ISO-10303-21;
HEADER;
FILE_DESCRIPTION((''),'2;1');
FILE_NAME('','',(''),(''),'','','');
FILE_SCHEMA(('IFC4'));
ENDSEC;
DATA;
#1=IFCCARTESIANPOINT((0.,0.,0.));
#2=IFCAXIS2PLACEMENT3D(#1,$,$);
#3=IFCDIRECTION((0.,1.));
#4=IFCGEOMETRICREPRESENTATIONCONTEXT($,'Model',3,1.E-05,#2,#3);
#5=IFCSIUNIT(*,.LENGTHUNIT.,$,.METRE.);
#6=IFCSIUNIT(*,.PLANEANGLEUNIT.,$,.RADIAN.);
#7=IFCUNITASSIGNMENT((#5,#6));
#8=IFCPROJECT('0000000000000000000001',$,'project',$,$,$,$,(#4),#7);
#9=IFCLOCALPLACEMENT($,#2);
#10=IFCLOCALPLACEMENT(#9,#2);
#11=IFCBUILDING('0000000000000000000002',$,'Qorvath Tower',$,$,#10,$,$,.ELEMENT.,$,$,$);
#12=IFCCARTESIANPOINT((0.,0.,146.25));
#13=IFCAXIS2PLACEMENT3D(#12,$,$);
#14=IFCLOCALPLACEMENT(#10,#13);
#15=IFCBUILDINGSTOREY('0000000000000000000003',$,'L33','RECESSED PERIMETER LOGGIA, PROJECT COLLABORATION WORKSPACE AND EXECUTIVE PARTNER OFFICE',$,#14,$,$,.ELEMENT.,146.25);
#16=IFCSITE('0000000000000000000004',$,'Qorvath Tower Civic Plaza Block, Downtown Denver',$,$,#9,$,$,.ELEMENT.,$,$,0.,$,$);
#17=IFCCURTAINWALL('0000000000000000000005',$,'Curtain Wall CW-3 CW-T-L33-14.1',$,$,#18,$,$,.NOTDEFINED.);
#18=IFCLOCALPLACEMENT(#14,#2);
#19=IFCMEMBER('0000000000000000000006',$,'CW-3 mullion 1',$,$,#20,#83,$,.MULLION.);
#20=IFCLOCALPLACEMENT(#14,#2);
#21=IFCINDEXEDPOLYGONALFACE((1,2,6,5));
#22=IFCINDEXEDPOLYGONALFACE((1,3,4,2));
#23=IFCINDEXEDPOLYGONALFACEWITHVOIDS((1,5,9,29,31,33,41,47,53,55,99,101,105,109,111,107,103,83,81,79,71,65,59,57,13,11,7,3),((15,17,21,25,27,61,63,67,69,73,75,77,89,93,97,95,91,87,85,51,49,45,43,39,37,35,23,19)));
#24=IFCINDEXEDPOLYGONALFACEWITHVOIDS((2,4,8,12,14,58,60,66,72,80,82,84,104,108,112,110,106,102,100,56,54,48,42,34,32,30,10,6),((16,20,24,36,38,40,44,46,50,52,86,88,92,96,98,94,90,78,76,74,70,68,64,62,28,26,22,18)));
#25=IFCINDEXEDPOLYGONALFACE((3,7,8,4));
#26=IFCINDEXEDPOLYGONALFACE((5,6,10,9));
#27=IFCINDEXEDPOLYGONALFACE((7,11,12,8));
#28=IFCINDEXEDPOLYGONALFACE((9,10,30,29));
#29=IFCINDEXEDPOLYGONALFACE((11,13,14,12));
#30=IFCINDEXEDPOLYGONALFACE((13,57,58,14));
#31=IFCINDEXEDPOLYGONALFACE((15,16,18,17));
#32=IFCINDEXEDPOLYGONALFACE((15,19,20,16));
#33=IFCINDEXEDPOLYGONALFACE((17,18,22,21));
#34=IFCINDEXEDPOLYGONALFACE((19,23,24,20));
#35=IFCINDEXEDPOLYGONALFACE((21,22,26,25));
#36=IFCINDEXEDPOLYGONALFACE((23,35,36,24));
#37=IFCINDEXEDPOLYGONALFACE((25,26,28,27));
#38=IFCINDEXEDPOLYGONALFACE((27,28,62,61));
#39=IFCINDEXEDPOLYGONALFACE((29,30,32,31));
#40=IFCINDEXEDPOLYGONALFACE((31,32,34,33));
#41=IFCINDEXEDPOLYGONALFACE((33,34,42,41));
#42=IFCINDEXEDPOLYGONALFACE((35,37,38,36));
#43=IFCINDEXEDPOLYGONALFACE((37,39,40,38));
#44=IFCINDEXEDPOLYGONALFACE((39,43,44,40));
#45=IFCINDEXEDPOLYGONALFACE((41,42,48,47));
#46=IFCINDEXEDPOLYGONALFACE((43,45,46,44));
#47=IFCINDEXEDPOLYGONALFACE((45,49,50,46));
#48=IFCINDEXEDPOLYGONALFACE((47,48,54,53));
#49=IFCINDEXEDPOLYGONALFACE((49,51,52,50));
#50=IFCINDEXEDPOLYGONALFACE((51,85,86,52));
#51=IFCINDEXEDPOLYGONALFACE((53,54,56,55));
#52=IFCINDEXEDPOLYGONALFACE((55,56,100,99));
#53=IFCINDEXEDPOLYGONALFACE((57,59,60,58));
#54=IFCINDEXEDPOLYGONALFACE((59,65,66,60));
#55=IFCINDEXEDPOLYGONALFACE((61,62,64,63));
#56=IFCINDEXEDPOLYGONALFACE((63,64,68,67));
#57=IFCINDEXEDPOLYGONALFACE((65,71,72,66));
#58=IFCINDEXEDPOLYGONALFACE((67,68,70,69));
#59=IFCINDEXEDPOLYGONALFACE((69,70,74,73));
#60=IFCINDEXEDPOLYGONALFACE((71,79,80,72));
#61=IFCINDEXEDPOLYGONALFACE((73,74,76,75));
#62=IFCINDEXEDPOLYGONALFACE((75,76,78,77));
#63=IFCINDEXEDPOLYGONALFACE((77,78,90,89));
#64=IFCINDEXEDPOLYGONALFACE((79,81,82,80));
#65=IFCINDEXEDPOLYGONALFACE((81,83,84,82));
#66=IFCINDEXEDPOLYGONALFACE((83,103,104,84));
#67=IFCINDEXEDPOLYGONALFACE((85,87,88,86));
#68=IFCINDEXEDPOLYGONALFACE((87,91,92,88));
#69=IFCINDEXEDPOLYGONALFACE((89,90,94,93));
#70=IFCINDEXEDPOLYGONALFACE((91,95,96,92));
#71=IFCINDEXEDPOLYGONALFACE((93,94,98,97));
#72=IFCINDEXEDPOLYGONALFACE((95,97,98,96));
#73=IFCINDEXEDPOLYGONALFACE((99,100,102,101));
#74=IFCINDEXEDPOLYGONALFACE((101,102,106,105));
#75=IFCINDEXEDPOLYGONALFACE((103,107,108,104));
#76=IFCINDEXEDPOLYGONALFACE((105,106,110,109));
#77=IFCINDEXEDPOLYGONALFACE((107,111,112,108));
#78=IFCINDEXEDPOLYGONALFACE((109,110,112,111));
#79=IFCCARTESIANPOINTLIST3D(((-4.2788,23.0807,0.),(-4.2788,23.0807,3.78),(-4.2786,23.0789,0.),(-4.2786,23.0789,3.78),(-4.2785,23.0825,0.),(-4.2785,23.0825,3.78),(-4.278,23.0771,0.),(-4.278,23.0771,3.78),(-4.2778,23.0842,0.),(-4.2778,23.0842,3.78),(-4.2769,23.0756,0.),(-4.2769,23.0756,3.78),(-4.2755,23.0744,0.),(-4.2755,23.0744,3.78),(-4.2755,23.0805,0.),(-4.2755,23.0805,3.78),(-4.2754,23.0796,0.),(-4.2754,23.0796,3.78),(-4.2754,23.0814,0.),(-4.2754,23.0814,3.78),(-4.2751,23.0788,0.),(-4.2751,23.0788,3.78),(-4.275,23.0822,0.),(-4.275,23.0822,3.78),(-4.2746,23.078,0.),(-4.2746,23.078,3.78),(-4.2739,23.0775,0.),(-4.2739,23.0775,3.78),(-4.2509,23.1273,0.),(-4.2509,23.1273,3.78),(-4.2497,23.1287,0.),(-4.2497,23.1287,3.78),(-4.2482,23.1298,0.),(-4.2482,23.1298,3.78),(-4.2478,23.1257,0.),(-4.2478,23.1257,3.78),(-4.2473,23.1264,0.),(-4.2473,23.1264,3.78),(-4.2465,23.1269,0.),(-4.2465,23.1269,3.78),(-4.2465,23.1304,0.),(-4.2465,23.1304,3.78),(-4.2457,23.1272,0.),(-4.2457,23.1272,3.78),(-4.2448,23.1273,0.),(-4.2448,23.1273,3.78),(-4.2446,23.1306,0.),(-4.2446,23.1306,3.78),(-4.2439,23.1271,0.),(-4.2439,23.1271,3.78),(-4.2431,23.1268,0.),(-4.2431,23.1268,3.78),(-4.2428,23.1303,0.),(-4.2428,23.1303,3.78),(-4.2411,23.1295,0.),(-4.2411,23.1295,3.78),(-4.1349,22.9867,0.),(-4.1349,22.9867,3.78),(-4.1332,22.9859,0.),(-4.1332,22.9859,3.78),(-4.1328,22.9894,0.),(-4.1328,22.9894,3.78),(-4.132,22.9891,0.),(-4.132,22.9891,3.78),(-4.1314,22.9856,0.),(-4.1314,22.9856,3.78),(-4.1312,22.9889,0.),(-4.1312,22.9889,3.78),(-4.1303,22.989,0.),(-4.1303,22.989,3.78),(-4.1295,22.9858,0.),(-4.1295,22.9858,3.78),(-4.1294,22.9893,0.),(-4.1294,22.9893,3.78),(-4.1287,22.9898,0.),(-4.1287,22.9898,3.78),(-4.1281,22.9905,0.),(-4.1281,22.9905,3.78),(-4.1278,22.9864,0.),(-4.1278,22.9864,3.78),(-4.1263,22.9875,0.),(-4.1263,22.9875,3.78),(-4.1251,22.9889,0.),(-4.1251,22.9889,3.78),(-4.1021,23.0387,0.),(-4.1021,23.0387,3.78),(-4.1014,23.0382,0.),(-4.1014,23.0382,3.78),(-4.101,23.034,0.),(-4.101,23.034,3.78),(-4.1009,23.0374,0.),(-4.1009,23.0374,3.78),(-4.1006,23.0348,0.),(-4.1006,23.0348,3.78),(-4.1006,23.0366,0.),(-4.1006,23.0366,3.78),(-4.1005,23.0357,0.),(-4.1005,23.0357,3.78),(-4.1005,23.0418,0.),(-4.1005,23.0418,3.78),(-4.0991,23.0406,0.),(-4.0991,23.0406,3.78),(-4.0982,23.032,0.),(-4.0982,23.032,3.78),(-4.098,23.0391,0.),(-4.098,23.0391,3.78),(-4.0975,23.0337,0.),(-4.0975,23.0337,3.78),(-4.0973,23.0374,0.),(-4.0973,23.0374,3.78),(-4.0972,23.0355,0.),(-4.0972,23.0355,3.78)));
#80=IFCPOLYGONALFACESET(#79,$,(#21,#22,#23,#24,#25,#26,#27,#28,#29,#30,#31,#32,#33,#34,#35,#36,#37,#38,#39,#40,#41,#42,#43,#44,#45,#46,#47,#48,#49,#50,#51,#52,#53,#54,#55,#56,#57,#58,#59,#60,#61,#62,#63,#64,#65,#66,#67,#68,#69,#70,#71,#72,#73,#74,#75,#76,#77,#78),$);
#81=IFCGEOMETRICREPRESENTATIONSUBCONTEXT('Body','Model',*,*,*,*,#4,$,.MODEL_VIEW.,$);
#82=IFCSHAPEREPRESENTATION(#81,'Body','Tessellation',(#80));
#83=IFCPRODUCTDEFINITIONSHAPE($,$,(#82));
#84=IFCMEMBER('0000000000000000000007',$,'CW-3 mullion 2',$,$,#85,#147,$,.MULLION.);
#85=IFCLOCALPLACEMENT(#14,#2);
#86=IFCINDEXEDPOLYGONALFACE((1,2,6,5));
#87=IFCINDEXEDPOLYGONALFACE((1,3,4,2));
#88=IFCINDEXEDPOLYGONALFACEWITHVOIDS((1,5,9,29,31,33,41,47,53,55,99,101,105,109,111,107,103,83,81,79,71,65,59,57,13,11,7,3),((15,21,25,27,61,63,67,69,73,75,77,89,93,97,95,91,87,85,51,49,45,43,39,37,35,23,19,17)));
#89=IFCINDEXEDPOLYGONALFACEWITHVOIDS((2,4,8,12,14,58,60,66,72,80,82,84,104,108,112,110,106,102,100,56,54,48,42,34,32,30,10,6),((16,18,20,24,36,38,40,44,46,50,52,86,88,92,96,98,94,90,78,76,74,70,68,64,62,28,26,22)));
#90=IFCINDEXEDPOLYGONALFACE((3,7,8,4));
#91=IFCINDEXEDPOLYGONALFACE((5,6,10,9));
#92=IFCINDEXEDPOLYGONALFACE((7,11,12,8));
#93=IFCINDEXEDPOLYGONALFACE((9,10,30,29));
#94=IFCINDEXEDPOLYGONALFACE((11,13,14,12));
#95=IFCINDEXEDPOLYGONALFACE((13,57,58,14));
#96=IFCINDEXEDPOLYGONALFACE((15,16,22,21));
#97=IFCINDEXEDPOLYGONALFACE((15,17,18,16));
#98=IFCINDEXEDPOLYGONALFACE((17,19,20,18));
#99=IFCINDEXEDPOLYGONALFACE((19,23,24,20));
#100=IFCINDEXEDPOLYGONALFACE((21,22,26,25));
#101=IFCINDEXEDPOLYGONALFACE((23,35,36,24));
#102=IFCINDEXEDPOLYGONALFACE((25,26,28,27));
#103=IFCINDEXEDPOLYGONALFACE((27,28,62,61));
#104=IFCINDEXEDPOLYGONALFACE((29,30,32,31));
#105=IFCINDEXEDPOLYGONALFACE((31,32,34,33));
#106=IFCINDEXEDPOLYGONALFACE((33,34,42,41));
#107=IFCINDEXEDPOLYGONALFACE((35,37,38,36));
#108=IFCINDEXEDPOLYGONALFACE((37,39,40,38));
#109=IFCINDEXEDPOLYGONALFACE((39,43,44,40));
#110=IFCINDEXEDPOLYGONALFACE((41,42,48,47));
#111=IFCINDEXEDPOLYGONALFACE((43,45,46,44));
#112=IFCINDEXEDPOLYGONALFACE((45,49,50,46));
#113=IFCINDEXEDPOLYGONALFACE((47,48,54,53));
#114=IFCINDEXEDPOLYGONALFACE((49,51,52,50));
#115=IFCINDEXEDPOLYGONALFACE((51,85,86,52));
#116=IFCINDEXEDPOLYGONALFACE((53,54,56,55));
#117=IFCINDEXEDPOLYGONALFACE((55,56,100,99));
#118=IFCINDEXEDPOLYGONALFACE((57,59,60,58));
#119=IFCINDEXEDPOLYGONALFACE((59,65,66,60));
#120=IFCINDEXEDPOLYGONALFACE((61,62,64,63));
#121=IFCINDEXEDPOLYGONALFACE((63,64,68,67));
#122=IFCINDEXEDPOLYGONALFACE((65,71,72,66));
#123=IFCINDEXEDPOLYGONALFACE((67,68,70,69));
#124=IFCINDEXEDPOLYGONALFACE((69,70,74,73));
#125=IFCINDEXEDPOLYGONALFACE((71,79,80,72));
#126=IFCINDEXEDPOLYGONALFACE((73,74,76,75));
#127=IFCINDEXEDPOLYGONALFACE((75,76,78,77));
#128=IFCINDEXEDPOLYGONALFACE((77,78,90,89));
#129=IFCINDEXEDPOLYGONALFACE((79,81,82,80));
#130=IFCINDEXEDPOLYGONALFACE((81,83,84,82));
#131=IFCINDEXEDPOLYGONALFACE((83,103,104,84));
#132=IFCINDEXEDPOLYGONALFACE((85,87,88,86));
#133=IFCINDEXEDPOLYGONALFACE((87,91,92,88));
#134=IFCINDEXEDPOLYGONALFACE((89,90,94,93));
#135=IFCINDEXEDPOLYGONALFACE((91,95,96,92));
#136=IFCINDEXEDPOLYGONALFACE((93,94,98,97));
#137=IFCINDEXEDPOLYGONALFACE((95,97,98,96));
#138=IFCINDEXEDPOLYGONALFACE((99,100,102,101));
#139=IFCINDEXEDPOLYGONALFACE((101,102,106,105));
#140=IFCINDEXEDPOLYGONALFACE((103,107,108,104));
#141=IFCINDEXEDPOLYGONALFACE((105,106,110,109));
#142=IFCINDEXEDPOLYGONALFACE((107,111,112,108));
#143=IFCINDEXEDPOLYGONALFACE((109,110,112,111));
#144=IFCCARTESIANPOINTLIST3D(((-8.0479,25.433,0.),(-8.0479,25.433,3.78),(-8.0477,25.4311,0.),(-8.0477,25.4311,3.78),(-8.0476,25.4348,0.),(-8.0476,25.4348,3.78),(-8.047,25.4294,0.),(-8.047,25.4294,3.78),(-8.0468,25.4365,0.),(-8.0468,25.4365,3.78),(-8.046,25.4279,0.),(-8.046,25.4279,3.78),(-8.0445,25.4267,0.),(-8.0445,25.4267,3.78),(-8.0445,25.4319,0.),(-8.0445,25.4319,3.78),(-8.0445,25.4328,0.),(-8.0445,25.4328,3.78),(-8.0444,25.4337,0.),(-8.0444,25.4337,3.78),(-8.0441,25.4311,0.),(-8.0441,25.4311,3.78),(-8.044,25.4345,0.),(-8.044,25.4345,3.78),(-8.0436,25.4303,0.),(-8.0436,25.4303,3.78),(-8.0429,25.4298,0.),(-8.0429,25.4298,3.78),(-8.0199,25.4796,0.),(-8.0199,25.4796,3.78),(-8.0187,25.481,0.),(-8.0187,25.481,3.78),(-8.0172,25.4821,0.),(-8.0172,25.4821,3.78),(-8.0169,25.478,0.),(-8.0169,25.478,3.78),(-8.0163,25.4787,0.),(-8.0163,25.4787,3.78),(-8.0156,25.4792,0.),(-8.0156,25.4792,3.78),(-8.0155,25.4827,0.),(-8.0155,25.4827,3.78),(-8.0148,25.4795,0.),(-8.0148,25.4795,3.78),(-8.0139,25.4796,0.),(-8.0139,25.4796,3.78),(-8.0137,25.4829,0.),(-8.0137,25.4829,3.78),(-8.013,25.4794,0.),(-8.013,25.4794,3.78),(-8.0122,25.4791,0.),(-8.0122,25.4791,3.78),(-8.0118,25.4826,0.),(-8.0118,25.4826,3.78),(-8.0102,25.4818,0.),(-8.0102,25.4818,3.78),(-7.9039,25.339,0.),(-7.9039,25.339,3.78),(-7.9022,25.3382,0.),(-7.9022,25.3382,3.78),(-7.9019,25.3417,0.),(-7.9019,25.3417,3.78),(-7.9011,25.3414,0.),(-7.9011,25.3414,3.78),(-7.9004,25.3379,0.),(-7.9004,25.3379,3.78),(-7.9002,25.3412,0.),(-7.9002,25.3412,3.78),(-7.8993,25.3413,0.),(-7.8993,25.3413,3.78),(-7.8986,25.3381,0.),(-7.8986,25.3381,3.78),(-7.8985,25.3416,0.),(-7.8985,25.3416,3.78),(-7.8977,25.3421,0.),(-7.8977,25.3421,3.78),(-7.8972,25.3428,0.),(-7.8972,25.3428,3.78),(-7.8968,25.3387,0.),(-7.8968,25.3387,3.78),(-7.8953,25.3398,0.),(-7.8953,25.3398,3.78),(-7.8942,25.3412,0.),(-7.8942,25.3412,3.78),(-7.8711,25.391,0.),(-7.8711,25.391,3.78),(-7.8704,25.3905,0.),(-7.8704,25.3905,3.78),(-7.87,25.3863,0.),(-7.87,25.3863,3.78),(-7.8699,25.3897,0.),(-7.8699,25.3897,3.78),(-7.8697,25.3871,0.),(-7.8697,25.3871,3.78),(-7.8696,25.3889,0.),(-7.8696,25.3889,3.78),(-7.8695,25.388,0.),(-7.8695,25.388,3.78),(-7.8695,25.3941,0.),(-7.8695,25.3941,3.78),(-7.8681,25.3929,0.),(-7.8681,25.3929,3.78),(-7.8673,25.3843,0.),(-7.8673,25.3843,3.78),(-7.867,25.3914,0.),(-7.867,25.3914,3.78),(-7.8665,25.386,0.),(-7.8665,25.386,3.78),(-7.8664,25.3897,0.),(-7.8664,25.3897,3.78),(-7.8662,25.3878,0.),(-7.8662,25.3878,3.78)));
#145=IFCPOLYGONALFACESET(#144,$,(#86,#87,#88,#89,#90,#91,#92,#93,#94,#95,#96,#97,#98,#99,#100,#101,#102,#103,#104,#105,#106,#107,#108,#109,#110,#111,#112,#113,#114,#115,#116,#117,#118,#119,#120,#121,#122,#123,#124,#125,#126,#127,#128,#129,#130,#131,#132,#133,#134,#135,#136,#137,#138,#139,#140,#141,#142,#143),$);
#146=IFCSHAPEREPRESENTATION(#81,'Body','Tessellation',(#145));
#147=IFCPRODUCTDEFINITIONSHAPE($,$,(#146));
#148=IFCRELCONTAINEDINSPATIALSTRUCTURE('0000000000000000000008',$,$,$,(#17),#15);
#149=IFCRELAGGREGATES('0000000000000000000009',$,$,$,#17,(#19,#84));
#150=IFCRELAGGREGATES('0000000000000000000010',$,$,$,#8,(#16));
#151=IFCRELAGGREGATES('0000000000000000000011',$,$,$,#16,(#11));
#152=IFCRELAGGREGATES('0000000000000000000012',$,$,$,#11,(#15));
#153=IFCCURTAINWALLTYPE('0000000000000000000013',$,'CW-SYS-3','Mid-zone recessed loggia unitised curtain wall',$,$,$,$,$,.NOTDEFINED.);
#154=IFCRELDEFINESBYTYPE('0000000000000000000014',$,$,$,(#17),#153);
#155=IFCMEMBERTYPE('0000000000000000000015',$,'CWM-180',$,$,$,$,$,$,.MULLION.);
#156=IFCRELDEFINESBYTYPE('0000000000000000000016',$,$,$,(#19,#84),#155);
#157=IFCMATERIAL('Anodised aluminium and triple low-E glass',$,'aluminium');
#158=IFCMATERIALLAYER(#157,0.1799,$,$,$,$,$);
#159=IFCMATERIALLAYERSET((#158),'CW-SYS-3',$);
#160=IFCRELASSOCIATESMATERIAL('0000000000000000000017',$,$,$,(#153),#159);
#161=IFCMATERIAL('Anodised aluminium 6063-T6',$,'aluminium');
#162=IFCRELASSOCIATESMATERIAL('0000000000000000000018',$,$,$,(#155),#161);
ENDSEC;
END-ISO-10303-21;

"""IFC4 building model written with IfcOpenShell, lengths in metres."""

from ifc_helpers import new_model, si_unit, direction, frame, origin, origin_2d, place, context, subcontext, project, spatial, hollow_rectangle, extrude, material, layer, layer_set, material_profile, profile_set, type_object, element, aggregate, save


model = new_model("IFC4")

# Units and contexts
model_context = context("Model", 3, precision=1e-05, world=origin(), true_north=direction((0.0, 1.0)))
body_context = subcontext(model_context, "Body", "Model", "MODEL_VIEW")
ifc_project = project(units=[si_unit("LENGTHUNIT", "METRE"), si_unit("PLANEANGLEUNIT", "RADIAN")], contexts=[model_context])

# Site, building, storey
site_placement = place(None, origin())
site = spatial("IfcSite", under=ifc_project, at=site_placement, Name="Qorvath Tower Civic Plaza Block, Downtown Denver", CompositionType="ELEMENT", RefElevation=0.0)
building_placement = place(site_placement, origin())
building = spatial("IfcBuilding", under=site, at=building_placement, Name="Qorvath Tower", CompositionType="ELEMENT")
storey_placement = place(building_placement, frame((0.0, 0.0, 146.25)))
storey = spatial("IfcBuildingStorey", under=building, at=storey_placement, Name="L33", Description="RECESSED PERIMETER LOGGIA, PROJECT COLLABORATION WORKSPACE AND EXECUTIVE PARTNER OFFICE", CompositionType="ELEMENT", Elevation=146.25)

# Shared definitions
ifc_material_1 = material(Name="Anodised aluminium and triple low-E glass", Category="aluminium")
ifc_layer_1 = layer(ifc_material_1, 0.1799)
ifc_layer_set_1 = layer_set([ifc_layer_1], Name="CW-SYS-3")
curtain_wall_type = type_object("IfcCurtainWallType", Name="CW-SYS-3", Description="Mid-zone recessed loggia unitised curtain wall", PredefinedType="NOTDEFINED", material=ifc_layer_set_1)
ifc_material_2 = material(Name="Anodised aluminium 6063-T6", Category="aluminium")
ifc_material_profile_1 = material_profile(ifc_material_2, hollow_rectangle(XDim=0.0649, YDim=0.1799, WallThickness=0.0034, InnerFilletRadius=0.0034, OuterFilletRadius=0.0071, at=origin_2d()), Name="CWM 180x65")
ifc_profile_set_1 = profile_set([ifc_material_profile_1], Name="Anodised aluminium 6063-T6")
member_type_1 = type_object("IfcMemberType", Name="CWM-180", PredefinedType="MULLION", material=ifc_profile_set_1)

# Curtain wall, members
curtain_wall_1_placement = place(storey_placement, origin())
curtain_wall_1 = element("IfcCurtainWall", 1, at=curtain_wall_1_placement, inside=storey, type_object=curtain_wall_type, Name="Curtain Wall CW-3 CW-T-L33-14.1", PredefinedType="NOTDEFINED")
member_1_placement = place(storey_placement, frame((-4.188, 23.0581, 0.0), z_axis=(0.0, 0.0, 1.0), x_axis=(-0.529441, -0.848346, 0.0)))
member_1 = element("IfcMember", 2, at=member_1_placement, type_object=member_type_1, Name="CW-3 mullion 1", PredefinedType="MULLION", context=body_context, shape_type="SweptSolid", body=[
    extrude(hollow_rectangle(XDim=0.0649, YDim=0.1799, WallThickness=0.0034, InnerFilletRadius=0.0034, OuterFilletRadius=0.0071, at=origin_2d()), origin(), (0.0, 0.0, 1.0), 3.78),
])
member_2_placement = place(storey_placement, frame((-7.957, 25.4104, 0.0), z_axis=(0.0, 0.0, 1.0), x_axis=(-0.529441, -0.848346, 0.0)))
member_2 = element("IfcMember", 3, at=member_2_placement, type_object=member_type_1, Name="CW-3 mullion 2", PredefinedType="MULLION", context=body_context, shape_type="SweptSolid", body=[
    extrude(hollow_rectangle(XDim=0.0649, YDim=0.1799, WallThickness=0.0034, InnerFilletRadius=0.0034, OuterFilletRadius=0.0071, at=origin_2d()), origin(), (0.0, 0.0, 1.0), 3.78),
])

aggregate(curtain_wall_1, [member_1, member_2])

save(model, "model.ifc")
